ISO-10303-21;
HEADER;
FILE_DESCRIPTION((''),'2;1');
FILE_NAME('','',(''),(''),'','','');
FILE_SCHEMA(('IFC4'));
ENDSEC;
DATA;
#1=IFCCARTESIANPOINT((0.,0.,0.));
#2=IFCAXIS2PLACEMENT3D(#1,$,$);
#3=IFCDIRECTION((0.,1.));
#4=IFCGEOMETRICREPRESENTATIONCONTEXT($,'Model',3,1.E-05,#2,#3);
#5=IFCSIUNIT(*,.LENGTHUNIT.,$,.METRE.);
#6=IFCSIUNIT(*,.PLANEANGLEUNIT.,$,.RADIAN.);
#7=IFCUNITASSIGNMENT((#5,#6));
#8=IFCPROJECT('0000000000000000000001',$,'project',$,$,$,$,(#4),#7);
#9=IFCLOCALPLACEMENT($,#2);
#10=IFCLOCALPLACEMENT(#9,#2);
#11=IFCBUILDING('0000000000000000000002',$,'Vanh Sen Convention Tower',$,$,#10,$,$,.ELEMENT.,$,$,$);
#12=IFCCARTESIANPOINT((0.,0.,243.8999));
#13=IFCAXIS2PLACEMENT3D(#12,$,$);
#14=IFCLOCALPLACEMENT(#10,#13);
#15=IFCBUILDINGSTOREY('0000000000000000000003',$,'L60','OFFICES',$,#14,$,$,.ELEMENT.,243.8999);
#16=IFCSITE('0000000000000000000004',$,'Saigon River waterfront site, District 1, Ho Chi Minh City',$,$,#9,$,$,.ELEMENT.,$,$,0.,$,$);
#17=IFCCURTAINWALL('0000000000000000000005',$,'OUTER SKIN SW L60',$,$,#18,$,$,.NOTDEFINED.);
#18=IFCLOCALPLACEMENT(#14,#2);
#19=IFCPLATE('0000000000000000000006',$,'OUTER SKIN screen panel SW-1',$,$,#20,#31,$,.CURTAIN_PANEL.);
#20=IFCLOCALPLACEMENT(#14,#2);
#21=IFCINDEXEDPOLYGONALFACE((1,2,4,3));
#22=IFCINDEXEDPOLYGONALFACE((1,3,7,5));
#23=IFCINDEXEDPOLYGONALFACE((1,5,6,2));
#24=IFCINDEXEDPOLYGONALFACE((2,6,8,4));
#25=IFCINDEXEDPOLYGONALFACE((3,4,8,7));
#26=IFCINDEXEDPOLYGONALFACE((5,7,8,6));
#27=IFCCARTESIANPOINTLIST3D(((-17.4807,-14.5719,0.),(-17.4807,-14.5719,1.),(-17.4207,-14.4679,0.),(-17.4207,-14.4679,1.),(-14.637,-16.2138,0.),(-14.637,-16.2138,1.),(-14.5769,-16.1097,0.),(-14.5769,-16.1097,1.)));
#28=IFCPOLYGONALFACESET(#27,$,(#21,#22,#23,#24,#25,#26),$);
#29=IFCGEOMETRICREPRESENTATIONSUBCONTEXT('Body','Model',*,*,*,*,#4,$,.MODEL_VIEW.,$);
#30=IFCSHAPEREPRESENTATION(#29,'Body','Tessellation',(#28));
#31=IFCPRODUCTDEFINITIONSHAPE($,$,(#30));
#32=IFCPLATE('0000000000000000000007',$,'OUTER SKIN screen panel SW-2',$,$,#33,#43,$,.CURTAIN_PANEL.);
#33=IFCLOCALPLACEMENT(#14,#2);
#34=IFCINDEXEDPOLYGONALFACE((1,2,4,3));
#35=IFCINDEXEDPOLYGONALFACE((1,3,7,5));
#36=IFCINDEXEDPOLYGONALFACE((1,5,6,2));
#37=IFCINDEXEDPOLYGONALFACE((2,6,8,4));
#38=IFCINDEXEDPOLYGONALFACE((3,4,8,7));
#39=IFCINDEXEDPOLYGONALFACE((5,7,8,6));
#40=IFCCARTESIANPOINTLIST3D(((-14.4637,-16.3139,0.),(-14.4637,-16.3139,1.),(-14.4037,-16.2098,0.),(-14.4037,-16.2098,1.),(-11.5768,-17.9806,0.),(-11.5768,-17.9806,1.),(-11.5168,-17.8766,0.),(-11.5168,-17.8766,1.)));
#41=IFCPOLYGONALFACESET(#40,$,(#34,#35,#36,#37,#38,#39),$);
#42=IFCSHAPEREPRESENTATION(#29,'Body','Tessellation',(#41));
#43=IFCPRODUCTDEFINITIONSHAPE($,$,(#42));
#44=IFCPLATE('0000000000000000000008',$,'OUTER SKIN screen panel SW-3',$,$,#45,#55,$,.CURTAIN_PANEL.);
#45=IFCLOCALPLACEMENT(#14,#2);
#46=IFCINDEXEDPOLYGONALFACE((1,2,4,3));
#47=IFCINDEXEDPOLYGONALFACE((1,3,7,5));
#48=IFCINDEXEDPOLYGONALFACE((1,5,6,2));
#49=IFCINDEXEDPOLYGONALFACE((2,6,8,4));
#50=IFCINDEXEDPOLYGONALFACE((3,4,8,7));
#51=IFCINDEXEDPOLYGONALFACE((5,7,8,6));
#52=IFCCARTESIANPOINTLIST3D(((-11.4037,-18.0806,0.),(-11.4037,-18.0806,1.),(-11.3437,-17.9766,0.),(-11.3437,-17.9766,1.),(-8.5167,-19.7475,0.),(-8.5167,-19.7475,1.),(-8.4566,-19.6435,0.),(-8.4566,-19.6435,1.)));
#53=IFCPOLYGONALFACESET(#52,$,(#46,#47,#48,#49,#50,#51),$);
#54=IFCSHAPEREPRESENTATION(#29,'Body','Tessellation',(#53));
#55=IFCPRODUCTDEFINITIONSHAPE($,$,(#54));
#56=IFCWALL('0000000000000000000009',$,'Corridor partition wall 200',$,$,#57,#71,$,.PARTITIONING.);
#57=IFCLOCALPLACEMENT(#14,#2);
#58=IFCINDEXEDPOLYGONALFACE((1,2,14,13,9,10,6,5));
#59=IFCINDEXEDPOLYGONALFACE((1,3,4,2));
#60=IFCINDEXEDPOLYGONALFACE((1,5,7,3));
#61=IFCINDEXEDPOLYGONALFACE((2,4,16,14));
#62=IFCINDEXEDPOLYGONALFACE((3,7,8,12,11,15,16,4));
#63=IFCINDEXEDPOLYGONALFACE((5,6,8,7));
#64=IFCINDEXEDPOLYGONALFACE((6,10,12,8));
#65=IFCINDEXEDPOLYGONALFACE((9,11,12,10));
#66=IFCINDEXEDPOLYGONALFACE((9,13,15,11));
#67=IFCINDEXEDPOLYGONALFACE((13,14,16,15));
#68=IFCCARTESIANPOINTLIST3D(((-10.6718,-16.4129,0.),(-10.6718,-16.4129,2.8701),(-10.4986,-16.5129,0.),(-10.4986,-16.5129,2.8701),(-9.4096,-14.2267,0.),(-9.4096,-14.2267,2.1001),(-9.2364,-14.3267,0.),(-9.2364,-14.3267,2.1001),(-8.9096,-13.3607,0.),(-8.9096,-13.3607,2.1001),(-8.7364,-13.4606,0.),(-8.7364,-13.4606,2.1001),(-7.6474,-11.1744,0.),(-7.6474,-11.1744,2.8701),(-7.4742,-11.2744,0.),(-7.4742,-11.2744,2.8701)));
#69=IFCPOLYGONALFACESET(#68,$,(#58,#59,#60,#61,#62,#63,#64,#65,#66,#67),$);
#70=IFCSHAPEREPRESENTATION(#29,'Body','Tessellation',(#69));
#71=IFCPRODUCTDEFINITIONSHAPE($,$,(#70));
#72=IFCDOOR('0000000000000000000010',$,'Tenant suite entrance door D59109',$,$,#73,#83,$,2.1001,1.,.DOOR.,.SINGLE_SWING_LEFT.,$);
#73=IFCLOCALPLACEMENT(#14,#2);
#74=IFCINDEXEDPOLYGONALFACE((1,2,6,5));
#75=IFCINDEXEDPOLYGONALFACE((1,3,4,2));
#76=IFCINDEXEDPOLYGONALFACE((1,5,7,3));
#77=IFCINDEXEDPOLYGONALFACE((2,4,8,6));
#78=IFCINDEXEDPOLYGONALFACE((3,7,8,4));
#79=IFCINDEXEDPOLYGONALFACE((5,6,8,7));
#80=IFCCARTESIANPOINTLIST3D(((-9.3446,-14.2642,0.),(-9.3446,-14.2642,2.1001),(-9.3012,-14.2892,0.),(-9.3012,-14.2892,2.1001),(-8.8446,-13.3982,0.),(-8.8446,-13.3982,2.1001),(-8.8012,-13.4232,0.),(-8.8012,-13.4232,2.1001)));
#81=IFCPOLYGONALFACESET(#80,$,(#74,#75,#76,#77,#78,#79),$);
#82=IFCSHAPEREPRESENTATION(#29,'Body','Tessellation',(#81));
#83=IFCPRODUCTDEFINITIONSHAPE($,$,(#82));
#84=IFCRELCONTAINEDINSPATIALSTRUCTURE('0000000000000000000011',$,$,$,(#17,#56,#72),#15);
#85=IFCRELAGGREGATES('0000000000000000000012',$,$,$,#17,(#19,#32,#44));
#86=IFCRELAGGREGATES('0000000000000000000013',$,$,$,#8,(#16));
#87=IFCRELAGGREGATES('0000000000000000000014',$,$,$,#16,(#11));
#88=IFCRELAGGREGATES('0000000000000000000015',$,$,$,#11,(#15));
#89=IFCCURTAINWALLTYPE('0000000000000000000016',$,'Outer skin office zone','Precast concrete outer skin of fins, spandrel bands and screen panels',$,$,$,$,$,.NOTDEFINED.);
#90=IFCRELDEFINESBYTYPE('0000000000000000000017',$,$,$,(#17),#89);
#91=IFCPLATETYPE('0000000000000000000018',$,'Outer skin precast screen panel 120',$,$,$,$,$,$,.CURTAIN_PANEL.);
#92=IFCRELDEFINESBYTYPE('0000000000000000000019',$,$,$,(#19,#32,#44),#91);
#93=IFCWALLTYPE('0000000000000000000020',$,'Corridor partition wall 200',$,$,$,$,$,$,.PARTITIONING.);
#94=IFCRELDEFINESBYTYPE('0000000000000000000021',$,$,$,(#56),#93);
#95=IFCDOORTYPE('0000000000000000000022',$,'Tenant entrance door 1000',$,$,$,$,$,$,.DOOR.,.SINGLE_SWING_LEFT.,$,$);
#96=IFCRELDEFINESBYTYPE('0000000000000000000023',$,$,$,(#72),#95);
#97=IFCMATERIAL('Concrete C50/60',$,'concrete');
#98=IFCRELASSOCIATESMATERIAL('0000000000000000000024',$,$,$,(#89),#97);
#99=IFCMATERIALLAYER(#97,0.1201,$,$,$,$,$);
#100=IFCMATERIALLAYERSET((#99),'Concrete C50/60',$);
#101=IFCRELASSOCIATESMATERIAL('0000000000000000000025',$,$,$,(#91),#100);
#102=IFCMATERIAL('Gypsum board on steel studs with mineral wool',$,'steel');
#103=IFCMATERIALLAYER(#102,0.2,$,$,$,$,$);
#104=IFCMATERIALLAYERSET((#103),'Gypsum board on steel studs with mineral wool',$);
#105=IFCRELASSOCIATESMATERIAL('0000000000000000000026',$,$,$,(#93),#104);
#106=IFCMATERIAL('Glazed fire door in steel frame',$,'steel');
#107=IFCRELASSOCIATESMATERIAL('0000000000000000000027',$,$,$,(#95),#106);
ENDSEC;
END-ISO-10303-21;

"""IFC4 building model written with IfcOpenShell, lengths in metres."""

from ifc_helpers import new_model, si_unit, direction, frame, frame_2d, origin, origin_2d, place, context, subcontext, project, spatial, rectangle, extrude, material, layer, layer_set, type_object, element, fill, aggregate, save


model = new_model("IFC4")

# Units and contexts
model_context = context("Model", 3, precision=1e-05, world=origin(), true_north=direction((0.0, 1.0)))
body_context = subcontext(model_context, "Body", "Model", "MODEL_VIEW")
ifc_project = project(units=[si_unit("LENGTHUNIT", "METRE"), si_unit("PLANEANGLEUNIT", "RADIAN")], contexts=[model_context])

# Site, building, storey
site_placement = place(None, origin())
site = spatial("IfcSite", under=ifc_project, at=site_placement, Name="Saigon River waterfront site, District 1, Ho Chi Minh City", CompositionType="ELEMENT", RefElevation=0.0)
building_placement = place(site_placement, origin())
building = spatial("IfcBuilding", under=site, at=building_placement, Name="Vanh Sen Convention Tower", CompositionType="ELEMENT")
storey_placement = place(building_placement, frame((0.0, 0.0, 243.8999)))
storey = spatial("IfcBuildingStorey", under=building, at=storey_placement, Name="L60", Description="OFFICES", CompositionType="ELEMENT", Elevation=243.8999)

# Curtain wall
ifc_material_1 = material(Name="Concrete C50/60", Category="concrete")
curtain_wall_type = type_object("IfcCurtainWallType", Name="Outer skin office zone", Description="Precast concrete outer skin of fins, spandrel bands and screen panels", PredefinedType="NOTDEFINED", material=ifc_material_1)
curtain_wall_1_placement = place(storey_placement, origin())
curtain_wall_1 = element("IfcCurtainWall", 1, at=curtain_wall_1_placement, inside=storey, type_object=curtain_wall_type, Name="OUTER SKIN SW L60", PredefinedType="NOTDEFINED")

# Shared definitions
ifc_layer_1 = layer(ifc_material_1, 0.1201)
ifc_layer_set_1 = layer_set([ifc_layer_1], Name="Concrete C50/60")
plate_type = type_object("IfcPlateType", Name="Outer skin precast screen panel 120", PredefinedType="CURTAIN_PANEL", material=ifc_layer_set_1)

# Plates
plate_1_placement = place(storey_placement, frame((-16.0288, -15.3408, 0.0), z_axis=(0.0, 0.0, 1.0), x_axis=(0.866026, -0.499998, 0.0)))
plate_1 = element("IfcPlate", 2, at=plate_1_placement, type_object=plate_type, Name="OUTER SKIN screen panel SW-1", PredefinedType="CURTAIN_PANEL", context=body_context, shape_type="SweptSolid", body=[
    extrude(rectangle(XDim=3.2837, YDim=0.1201, at=origin_2d()), origin(), (0.0, 0.0, 1.0), 1.0),
])
plate_2_placement = place(storey_placement, frame((-12.9902, -17.0952, 0.0), z_axis=(0.0, 0.0, 1.0), x_axis=(0.866026, -0.499998, 0.0)))
plate_2 = element("IfcPlate", 3, at=plate_2_placement, type_object=plate_type, Name="OUTER SKIN screen panel SW-2", PredefinedType="CURTAIN_PANEL", context=body_context, shape_type="SweptSolid", body=[
    extrude(rectangle(XDim=3.3335, YDim=0.1201, at=origin_2d()), origin(), (0.0, 0.0, 1.0), 1.0),
])
plate_3_placement = place(storey_placement, frame((-9.9302, -18.8621, 0.0), z_axis=(0.0, 0.0, 1.0), x_axis=(0.866014, -0.50002, 0.0)))
plate_3 = element("IfcPlate", 4, at=plate_3_placement, type_object=plate_type, Name="OUTER SKIN screen panel SW-3", PredefinedType="CURTAIN_PANEL", context=body_context, shape_type="SweptSolid", body=[
    extrude(rectangle(XDim=3.3337, YDim=0.1201, at=origin_2d()), origin(), (0.0, 0.0, 1.0), 1.0),
])
aggregate(curtain_wall_1, [plate_1, plate_2, plate_3])

# Wall, opening, door
ifc_material_2 = material(Name="Gypsum board on steel studs with mineral wool", Category="steel")
ifc_layer_2 = layer(ifc_material_2, 0.2)
ifc_layer_set_2 = layer_set([ifc_layer_2], Name="Gypsum board on steel studs with mineral wool")
wall_type_1 = type_object("IfcWallType", Name="Corridor partition wall 200", PredefinedType="PARTITIONING", material=ifc_layer_set_2)
wall_1_placement = place(storey_placement, frame((-10.5852, -16.4629, 0.0), z_axis=(0.0, 0.0, 1.0), x_axis=(0.499994, 0.866029, 0.0)))
wall_1 = element("IfcWall", 5, at=wall_1_placement, inside=storey, type_object=wall_type_1, Name="Corridor partition wall 200", PredefinedType="PARTITIONING", context=body_context, shape_type="SweptSolid", body=[
    extrude(rectangle(XDim=6.0488, YDim=0.2, at=frame_2d((3.0244, 0.0))), origin(), (0.0, 0.0, 1.0), 2.8701),
])
opening_1_placement = place(wall_1_placement, frame((2.5244, 0.0, 0.0)))
opening_1 = element("IfcOpeningElement", 6, at=opening_1_placement, cuts=wall_1, PredefinedType="OPENING", context=body_context, shape_type="SweptSolid", body=[
    extrude(rectangle(XDim=1.0, YDim=2.1001, at=frame_2d((0.5, 1.05))), frame((0.0, 0.1099, 0.0), z_axis=(0.0, -1.0, 0.0), x_axis=(1.0, 0.0, 0.0)), (0.0, 0.0, 1.0), 0.22),
])
ifc_material_3 = material(Name="Glazed fire door in steel frame", Category="steel")
door_type = type_object("IfcDoorType", Name="Tenant entrance door 1000", OperationType="SINGLE_SWING_LEFT", PredefinedType="DOOR", material=ifc_material_3)
door_placement = place(opening_1_placement, origin())
door = element("IfcDoor", 7, at=door_placement, inside=storey, type_object=door_type, Name="Tenant suite entrance door D59109", OperationType="SINGLE_SWING_LEFT", OverallHeight=2.1001, OverallWidth=1.0, PredefinedType="DOOR", context=body_context, shape_type="SweptSolid", body=[
    extrude(rectangle(XDim=1.0, YDim=2.1001, at=frame_2d((0.5, 1.05))), frame((0.0, 0.0249, 0.0), z_axis=(0.0, -1.0, 0.0), x_axis=(1.0, 0.0, 0.0)), (0.0, 0.0, 1.0), 0.05),
])
fill(opening_1, door)

save(model, "model.ifc")
